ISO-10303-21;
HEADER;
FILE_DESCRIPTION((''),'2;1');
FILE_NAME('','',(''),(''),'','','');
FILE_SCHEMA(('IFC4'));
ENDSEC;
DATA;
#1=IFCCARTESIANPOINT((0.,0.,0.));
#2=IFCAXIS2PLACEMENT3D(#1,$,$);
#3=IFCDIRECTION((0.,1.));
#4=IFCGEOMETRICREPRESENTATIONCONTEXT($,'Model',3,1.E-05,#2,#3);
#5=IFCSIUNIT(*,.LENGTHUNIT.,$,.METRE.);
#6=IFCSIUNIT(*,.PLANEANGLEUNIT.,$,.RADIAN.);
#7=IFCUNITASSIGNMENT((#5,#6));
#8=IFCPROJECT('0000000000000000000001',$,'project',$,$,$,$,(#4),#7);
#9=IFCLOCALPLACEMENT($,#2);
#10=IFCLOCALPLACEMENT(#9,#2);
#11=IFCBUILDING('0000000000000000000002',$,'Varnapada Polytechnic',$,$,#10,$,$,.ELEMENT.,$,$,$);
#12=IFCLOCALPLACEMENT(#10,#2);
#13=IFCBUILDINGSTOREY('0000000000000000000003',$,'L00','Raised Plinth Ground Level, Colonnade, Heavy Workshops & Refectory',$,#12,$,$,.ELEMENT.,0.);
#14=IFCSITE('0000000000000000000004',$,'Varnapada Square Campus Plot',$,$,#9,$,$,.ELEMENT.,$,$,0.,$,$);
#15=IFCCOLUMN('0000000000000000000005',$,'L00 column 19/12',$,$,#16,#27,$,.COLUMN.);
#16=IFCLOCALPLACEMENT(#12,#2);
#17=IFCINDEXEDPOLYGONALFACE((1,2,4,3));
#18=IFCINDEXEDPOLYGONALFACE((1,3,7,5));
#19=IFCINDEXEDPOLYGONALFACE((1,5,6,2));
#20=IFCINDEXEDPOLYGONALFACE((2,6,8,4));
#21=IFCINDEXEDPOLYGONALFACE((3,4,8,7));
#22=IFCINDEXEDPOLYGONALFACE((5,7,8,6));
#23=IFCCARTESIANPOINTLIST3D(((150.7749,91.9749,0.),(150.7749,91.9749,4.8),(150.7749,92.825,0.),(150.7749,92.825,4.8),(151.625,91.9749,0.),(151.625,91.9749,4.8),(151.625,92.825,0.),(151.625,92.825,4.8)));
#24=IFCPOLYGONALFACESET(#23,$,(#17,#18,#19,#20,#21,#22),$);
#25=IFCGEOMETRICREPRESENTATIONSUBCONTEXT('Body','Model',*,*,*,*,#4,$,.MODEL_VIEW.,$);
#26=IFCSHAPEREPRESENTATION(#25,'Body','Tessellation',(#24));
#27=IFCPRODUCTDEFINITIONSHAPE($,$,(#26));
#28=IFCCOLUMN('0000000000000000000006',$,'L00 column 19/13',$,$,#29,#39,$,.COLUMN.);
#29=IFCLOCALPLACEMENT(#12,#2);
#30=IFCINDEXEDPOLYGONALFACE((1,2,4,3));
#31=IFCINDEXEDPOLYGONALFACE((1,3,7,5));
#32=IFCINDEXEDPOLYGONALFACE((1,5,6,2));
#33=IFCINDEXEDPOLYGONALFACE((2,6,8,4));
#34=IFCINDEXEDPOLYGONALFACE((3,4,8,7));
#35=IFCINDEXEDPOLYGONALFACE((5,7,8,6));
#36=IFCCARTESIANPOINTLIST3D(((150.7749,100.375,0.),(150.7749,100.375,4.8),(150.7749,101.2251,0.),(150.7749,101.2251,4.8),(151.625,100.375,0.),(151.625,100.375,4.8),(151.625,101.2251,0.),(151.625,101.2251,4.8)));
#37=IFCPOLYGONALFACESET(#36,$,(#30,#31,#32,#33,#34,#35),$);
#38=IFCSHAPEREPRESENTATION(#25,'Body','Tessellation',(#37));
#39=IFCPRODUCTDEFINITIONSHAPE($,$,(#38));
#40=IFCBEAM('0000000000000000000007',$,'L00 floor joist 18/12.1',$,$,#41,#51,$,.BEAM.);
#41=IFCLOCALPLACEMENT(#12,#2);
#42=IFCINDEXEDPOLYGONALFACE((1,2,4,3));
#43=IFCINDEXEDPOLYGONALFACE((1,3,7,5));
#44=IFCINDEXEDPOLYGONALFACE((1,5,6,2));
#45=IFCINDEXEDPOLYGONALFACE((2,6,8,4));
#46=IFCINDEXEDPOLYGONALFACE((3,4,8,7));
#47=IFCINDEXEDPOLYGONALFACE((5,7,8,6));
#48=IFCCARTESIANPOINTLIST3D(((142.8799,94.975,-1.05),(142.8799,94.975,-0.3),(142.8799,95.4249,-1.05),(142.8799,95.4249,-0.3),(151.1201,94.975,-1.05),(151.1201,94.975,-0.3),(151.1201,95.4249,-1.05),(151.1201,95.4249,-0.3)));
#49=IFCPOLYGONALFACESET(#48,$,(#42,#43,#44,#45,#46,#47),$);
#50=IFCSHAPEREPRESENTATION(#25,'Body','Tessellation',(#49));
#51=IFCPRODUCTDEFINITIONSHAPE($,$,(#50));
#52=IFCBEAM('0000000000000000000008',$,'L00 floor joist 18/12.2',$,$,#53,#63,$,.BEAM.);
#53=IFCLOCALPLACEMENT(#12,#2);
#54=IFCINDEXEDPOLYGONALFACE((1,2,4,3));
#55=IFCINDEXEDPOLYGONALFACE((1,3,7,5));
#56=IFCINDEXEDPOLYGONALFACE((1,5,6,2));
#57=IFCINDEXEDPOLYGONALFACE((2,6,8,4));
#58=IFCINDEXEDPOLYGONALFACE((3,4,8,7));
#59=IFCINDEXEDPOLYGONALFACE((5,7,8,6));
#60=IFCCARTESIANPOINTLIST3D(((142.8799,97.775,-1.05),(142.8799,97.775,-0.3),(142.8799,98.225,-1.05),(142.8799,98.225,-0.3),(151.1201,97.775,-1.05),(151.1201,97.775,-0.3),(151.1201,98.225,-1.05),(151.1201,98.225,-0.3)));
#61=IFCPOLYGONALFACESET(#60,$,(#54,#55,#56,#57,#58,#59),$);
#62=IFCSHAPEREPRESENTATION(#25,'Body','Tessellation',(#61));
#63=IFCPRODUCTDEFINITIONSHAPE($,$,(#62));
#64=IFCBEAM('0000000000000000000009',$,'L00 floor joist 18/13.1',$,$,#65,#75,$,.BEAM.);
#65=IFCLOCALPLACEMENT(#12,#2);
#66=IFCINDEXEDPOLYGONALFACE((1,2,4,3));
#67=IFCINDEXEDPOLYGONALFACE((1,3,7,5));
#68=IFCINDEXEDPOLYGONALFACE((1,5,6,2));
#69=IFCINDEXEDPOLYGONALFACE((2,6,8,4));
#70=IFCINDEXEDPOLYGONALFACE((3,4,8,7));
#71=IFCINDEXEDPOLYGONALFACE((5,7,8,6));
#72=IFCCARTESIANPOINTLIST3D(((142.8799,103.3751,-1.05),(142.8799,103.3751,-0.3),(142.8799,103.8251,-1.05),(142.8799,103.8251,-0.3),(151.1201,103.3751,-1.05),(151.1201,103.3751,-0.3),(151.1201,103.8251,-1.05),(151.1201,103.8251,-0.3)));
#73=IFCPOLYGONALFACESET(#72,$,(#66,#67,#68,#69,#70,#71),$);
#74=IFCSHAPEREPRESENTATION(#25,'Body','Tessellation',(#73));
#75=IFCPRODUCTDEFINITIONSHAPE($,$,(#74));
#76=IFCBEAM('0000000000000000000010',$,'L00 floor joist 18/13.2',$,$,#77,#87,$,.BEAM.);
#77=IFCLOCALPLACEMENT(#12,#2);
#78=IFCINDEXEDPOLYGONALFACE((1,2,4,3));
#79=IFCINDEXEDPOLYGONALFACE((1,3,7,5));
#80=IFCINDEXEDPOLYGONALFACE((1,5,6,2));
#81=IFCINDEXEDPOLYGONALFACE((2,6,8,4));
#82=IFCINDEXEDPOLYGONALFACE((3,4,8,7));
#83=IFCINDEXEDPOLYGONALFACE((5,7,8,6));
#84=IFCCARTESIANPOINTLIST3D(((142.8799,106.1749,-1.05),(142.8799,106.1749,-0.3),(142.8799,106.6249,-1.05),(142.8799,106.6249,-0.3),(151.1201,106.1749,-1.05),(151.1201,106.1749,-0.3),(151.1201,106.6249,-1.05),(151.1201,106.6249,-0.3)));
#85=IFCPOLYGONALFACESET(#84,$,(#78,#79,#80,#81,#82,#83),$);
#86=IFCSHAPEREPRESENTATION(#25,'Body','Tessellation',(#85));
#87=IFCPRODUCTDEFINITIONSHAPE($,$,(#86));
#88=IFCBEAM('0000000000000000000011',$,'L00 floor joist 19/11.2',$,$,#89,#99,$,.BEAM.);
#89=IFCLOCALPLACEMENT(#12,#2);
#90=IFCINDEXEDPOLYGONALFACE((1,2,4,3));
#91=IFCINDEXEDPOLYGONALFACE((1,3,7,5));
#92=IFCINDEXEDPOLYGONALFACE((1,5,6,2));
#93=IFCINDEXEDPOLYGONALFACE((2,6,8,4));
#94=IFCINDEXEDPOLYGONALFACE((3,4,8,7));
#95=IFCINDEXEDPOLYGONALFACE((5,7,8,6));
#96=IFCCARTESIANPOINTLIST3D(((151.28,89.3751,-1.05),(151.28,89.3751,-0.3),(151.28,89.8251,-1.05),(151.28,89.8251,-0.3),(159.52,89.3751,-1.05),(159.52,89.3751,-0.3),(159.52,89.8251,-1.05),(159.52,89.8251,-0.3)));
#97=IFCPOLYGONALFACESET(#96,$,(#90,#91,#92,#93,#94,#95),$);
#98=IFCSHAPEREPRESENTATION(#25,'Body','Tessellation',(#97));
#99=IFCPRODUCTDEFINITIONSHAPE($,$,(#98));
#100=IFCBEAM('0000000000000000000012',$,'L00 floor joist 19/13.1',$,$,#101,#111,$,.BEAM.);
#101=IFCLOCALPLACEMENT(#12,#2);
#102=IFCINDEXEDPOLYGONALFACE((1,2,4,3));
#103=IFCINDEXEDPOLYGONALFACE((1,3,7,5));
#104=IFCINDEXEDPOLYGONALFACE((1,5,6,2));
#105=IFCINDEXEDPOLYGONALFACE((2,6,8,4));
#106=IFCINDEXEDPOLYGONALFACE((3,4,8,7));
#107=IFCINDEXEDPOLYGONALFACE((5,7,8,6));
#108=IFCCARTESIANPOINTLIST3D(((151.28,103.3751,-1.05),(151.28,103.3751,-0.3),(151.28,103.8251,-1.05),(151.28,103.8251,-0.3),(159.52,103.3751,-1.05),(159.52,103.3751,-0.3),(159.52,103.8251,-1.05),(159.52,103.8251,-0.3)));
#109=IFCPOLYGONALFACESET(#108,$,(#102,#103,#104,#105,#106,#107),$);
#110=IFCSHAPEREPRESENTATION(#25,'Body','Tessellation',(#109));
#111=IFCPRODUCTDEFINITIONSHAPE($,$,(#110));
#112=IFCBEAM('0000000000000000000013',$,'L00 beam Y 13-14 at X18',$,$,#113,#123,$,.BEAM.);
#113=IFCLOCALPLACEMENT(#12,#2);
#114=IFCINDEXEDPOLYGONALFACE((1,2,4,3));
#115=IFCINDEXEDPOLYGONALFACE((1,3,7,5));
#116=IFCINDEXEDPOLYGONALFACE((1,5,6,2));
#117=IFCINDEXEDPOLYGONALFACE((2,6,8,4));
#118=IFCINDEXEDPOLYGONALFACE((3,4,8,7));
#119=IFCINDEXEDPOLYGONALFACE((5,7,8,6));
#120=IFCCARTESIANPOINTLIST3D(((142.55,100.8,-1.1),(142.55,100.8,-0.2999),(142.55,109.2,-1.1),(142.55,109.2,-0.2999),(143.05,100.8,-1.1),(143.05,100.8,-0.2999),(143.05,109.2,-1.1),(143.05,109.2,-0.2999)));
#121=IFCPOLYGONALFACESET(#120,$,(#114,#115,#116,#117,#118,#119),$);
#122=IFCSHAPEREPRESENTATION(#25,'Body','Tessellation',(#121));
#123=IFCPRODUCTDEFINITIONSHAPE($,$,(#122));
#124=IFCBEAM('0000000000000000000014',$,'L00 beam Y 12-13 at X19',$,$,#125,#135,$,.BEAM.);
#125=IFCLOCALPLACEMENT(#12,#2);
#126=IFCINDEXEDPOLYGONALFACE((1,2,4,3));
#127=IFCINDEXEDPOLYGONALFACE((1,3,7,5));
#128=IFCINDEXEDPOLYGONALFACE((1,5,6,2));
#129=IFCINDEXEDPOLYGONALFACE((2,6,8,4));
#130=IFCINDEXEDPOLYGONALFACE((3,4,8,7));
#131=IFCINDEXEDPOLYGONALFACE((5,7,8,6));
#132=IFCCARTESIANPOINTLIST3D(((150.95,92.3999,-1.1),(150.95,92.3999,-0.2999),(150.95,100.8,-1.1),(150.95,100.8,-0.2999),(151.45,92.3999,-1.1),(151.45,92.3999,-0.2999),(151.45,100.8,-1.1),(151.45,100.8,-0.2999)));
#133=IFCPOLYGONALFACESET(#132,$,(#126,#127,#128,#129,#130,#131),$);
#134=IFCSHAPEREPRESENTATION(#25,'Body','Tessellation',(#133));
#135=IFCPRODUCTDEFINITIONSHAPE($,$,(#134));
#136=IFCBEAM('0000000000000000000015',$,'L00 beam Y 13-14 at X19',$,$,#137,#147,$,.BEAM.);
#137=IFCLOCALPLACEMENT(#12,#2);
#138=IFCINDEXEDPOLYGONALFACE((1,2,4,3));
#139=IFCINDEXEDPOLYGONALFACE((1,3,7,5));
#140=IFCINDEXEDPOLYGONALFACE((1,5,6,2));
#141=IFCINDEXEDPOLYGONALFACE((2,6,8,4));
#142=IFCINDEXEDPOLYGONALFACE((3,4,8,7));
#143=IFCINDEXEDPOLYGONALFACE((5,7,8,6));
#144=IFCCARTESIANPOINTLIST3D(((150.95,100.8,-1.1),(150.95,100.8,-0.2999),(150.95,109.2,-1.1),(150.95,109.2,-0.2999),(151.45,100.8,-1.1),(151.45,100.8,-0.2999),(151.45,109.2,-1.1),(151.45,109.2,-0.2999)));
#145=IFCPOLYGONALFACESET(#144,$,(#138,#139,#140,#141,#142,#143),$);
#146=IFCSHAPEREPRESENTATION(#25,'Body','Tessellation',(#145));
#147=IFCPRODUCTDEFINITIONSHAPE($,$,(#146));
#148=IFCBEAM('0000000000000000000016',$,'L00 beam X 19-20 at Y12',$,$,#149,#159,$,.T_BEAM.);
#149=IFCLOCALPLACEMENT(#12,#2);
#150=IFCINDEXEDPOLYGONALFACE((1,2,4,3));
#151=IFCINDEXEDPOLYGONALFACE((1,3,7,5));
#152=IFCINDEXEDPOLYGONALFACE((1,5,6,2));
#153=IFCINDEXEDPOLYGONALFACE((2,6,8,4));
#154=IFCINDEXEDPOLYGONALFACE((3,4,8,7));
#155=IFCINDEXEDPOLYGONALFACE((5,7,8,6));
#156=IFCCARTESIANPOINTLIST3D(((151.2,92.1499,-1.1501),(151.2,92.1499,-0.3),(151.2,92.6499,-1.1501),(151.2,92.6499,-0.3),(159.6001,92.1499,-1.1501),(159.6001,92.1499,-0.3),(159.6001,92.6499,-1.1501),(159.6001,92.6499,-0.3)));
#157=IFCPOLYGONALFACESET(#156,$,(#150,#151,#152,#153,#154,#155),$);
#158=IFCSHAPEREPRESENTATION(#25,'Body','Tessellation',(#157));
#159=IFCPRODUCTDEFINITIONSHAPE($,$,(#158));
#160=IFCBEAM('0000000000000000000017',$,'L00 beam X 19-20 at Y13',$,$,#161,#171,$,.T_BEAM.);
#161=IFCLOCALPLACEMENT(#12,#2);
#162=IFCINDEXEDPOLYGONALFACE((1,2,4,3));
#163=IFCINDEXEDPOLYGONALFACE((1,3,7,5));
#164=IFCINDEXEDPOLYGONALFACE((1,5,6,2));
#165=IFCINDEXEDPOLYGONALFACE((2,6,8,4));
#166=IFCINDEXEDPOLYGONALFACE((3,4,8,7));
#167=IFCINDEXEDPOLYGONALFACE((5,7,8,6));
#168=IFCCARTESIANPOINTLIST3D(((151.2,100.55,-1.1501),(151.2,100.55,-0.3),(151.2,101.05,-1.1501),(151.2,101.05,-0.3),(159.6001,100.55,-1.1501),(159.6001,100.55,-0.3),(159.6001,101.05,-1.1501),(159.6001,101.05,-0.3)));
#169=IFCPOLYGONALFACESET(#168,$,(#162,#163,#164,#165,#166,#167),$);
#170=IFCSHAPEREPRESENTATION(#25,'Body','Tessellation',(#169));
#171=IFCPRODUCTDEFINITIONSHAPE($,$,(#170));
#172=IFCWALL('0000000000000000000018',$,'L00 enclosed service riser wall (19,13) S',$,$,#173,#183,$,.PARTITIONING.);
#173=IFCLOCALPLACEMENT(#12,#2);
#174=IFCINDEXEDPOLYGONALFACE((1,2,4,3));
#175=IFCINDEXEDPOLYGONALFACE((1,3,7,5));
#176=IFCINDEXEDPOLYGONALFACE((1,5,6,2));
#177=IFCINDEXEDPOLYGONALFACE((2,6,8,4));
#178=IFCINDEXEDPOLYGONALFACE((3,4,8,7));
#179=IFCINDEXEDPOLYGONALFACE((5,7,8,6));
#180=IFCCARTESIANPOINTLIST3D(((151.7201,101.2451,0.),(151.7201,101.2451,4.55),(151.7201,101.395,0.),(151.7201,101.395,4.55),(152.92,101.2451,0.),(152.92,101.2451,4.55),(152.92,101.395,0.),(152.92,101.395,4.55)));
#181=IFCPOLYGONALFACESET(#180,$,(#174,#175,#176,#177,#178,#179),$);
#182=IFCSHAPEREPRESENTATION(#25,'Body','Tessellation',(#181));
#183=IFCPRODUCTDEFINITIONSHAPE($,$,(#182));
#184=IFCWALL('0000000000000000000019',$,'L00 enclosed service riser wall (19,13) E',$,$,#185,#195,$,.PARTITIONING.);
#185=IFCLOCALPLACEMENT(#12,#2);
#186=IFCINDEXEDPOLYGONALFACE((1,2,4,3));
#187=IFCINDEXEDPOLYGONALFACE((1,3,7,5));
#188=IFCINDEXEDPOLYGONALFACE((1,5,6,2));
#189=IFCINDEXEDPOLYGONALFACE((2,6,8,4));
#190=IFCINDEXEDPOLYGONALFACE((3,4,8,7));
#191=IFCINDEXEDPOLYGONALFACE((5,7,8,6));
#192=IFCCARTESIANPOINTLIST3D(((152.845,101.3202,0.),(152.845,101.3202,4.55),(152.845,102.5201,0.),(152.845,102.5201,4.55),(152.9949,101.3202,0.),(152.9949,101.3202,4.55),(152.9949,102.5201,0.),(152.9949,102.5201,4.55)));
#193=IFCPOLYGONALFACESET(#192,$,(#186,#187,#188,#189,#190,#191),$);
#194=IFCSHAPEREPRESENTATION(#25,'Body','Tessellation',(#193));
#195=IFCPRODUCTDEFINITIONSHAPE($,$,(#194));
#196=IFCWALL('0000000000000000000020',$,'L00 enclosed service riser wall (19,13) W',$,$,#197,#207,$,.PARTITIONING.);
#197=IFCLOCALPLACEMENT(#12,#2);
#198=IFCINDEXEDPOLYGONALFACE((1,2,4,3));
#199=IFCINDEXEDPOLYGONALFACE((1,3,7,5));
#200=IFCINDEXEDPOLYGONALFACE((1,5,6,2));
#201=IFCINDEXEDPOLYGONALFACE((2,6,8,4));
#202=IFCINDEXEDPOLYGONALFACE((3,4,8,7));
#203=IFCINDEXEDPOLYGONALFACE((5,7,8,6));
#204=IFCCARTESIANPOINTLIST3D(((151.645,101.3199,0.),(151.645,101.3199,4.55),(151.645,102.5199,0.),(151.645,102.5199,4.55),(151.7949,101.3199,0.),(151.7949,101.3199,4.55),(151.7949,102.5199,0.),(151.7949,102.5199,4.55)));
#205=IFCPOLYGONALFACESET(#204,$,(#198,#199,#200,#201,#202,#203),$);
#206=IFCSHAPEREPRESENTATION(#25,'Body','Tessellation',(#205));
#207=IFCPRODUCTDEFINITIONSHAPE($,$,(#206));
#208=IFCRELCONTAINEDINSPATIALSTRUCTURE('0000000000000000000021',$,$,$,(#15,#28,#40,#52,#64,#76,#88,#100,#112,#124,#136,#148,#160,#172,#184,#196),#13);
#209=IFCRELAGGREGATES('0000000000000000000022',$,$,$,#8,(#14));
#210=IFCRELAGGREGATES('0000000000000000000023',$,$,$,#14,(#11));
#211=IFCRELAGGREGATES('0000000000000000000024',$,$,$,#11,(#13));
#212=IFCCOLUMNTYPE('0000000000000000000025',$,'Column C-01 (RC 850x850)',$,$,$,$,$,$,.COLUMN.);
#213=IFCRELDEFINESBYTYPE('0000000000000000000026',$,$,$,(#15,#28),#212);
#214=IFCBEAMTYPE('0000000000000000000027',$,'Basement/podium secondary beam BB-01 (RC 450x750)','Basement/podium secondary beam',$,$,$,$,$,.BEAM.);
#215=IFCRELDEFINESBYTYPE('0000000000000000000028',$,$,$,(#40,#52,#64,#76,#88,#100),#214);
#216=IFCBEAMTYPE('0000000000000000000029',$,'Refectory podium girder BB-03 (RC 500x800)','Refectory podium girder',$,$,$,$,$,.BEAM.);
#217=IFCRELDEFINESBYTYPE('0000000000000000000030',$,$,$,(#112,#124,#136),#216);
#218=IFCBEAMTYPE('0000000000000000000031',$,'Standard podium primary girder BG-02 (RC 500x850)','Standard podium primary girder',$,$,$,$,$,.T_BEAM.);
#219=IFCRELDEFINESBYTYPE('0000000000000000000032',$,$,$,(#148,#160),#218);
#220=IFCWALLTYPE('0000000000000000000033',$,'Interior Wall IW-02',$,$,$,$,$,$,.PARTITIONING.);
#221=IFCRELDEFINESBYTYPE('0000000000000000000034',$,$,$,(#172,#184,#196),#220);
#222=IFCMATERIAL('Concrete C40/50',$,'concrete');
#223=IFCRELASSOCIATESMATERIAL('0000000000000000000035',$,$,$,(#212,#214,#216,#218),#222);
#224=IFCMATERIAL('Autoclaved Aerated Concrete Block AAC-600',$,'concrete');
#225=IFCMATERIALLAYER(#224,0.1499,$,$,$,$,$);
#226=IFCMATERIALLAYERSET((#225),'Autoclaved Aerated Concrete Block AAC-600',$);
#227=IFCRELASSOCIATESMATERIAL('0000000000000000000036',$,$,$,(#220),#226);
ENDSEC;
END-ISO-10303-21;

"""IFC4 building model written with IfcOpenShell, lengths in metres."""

from ifc_helpers import new_model, si_unit, direction, frame, frame_2d, origin, origin_2d, place, context, subcontext, project, spatial, rectangle, extrude, material, layer, layer_set, material_profile, profile_set, type_object, element, save


model = new_model("IFC4")

# Units and contexts
model_context = context("Model", 3, precision=1e-05, world=origin(), true_north=direction((0.0, 1.0)))
body_context = subcontext(model_context, "Body", "Model", "MODEL_VIEW")
ifc_project = project(units=[si_unit("LENGTHUNIT", "METRE"), si_unit("PLANEANGLEUNIT", "RADIAN")], contexts=[model_context])

# Site, building, storey
site_placement = place(None, origin())
site = spatial("IfcSite", under=ifc_project, at=site_placement, Name="Varnapada Square Campus Plot", CompositionType="ELEMENT", RefElevation=0.0)
building_placement = place(site_placement, origin())
building = spatial("IfcBuilding", under=site, at=building_placement, Name="Varnapada Polytechnic", CompositionType="ELEMENT")
storey_placement = place(building_placement, origin())
storey = spatial("IfcBuildingStorey", under=building, at=storey_placement, Name="L00", Description="Raised Plinth Ground Level, Colonnade, Heavy Workshops & Refectory", CompositionType="ELEMENT", Elevation=0.0)

# Columns
ifc_material_1 = material(Name="Concrete C40/50", Category="concrete")
ifc_material_profile_1 = material_profile(ifc_material_1, rectangle(XDim=0.8501, YDim=0.8501, at=origin_2d()), Name="RC 850x850")
ifc_profile_set_1 = profile_set([ifc_material_profile_1], Name="Concrete C40/50")
column_type = type_object("IfcColumnType", Name="Column C-01 (RC 850x850)", PredefinedType="COLUMN", material=ifc_profile_set_1)
for number, where, z_axis, x_axis, name in (
    (1, (151.2, 92.3999, 0.0), (0.0, 0.0, 1.0), (1.0, 0.0, 0.0), "L00 column 19/12"),
    (2, (151.2, 100.8, 0.0), (0.0, 0.0, 1.0), (1.0, 0.0, 0.0), "L00 column 19/13"),
):
    element("IfcColumn", number, at=place(storey_placement, frame(where, z_axis=z_axis, x_axis=x_axis)), inside=storey, type_object=column_type, Name=name, PredefinedType="COLUMN", context=body_context, shape_type="SweptSolid", body=[
        extrude(rectangle(XDim=0.8501, YDim=0.8501, at=origin_2d()), origin(), (0.0, 0.0, 1.0), 4.8),
    ])

# Beams
ifc_material_profile_2 = material_profile(ifc_material_1, rectangle(XDim=0.45, YDim=0.75, at=origin_2d()), Name="RC 450x750")
ifc_profile_set_2 = profile_set([ifc_material_profile_2], Name="Concrete C40/50")
beam_type_1 = type_object("IfcBeamType", Name="Basement/podium secondary beam BB-01 (RC 450x750)", Description="Basement/podium secondary beam", PredefinedType="BEAM", material=ifc_profile_set_2)
for number, where, z_axis, x_axis, name in (
    (3, (142.8799, 95.2, -0.675), (1.0, 0.0, 0.0), (0.0, 1.0, 0.0), "L00 floor joist 18/12.1"),
    (4, (142.8799, 98.0, -0.675), (1.0, 0.0, 0.0), (0.0, 1.0, 0.0), "L00 floor joist 18/12.2"),
    (5, (142.8799, 103.6001, -0.675), (1.0, 0.0, 0.0), (0.0, 1.0, 0.0), "L00 floor joist 18/13.1"),
    (6, (142.8799, 106.3999, -0.675), (1.0, 0.0, 0.0), (0.0, 1.0, 0.0), "L00 floor joist 18/13.2"),
):
    element("IfcBeam", number, at=place(storey_placement, frame(where, z_axis=z_axis, x_axis=x_axis)), inside=storey, type_object=beam_type_1, Name=name, PredefinedType="BEAM", context=body_context, shape_type="SweptSolid", body=[
        extrude(rectangle(XDim=0.45, YDim=0.75, at=origin_2d()), origin(), (0.0, 0.0, 1.0), 8.2402),
    ])
for number, where, z_axis, x_axis, name in (
    (7, (151.28, 89.6001, -0.675), (1.0, 0.0, 0.0), (0.0, 1.0, 0.0), "L00 floor joist 19/11.2"),
    (8, (151.28, 103.6001, -0.675), (1.0, 0.0, 0.0), (0.0, 1.0, 0.0), "L00 floor joist 19/13.1"),
):
    element("IfcBeam", number, at=place(storey_placement, frame(where, z_axis=z_axis, x_axis=x_axis)), inside=storey, type_object=beam_type_1, Name=name, PredefinedType="BEAM", context=body_context, shape_type="SweptSolid", body=[
        extrude(rectangle(XDim=0.45, YDim=0.75, at=origin_2d()), origin(), (0.0, 0.0, 1.0), 8.24),
    ])
ifc_material_profile_3 = material_profile(ifc_material_1, rectangle(XDim=0.5, YDim=0.8, at=origin_2d()), Name="RC 500x800")
ifc_profile_set_3 = profile_set([ifc_material_profile_3], Name="Concrete C40/50")
beam_type_2 = type_object("IfcBeamType", Name="Refectory podium girder BB-03 (RC 500x800)", Description="Refectory podium girder", PredefinedType="BEAM", material=ifc_profile_set_3)
beam_1_placement = place(storey_placement, frame((142.8, 100.8, -0.7), z_axis=(0.0, 1.0, 0.0), x_axis=(-1.0, 0.0, 0.0)))
element("IfcBeam", 9, at=beam_1_placement, inside=storey, type_object=beam_type_2, Name="L00 beam Y 13-14 at X18", PredefinedType="BEAM", context=body_context, shape_type="SweptSolid", body=[
    extrude(rectangle(XDim=0.5, YDim=0.8, at=origin_2d()), origin(), (0.0, 0.0, 1.0), 8.3999),
])
beam_2_placement = place(storey_placement, frame((151.2, 92.3999, -0.7), z_axis=(0.0, 1.0, 0.0), x_axis=(-1.0, 0.0, 0.0)))
element("IfcBeam", 10, at=beam_2_placement, inside=storey, type_object=beam_type_2, Name="L00 beam Y 12-13 at X19", PredefinedType="BEAM", context=body_context, shape_type="SweptSolid", body=[
    extrude(rectangle(XDim=0.5, YDim=0.8, at=origin_2d()), origin(), (0.0, 0.0, 1.0), 8.4001),
])
beam_3_placement = place(storey_placement, frame((151.2, 100.8, -0.7), z_axis=(0.0, 1.0, 0.0), x_axis=(-1.0, 0.0, 0.0)))
element("IfcBeam", 11, at=beam_3_placement, inside=storey, type_object=beam_type_2, Name="L00 beam Y 13-14 at X19", PredefinedType="BEAM", context=body_context, shape_type="SweptSolid", body=[
    extrude(rectangle(XDim=0.5, YDim=0.8, at=origin_2d()), origin(), (0.0, 0.0, 1.0), 8.3999),
])
ifc_material_profile_4 = material_profile(ifc_material_1, rectangle(XDim=0.5, YDim=0.8501, at=origin_2d()), Name="RC 500x850")
ifc_profile_set_4 = profile_set([ifc_material_profile_4], Name="Concrete C40/50")
beam_type_3 = type_object("IfcBeamType", Name="Standard podium primary girder BG-02 (RC 500x850)", Description="Standard podium primary girder", PredefinedType="T_BEAM", material=ifc_profile_set_4)
for number, where, z_axis, x_axis, name in (
    (12, (151.2, 92.3999, -0.7251), (1.0, 0.0, 0.0), (0.0, 1.0, 0.0), "L00 beam X 19-20 at Y12"),
    (13, (151.2, 100.8, -0.7251), (1.0, 0.0, 0.0), (0.0, 1.0, 0.0), "L00 beam X 19-20 at Y13"),
):
    element("IfcBeam", number, at=place(storey_placement, frame(where, z_axis=z_axis, x_axis=x_axis)), inside=storey, type_object=beam_type_3, Name=name, PredefinedType="T_BEAM", context=body_context, shape_type="SweptSolid", body=[
        extrude(rectangle(XDim=0.5, YDim=0.8501, at=origin_2d()), origin(), (0.0, 0.0, 1.0), 8.4001),
    ])

# Walls
ifc_material_2 = material(Name="Autoclaved Aerated Concrete Block AAC-600", Category="concrete")
ifc_layer_1 = layer(ifc_material_2, 0.1499)
ifc_layer_set_1 = layer_set([ifc_layer_1], Name="Autoclaved Aerated Concrete Block AAC-600")
wall_type_1 = type_object("IfcWallType", Name="Interior Wall IW-02", PredefinedType="PARTITIONING", material=ifc_layer_set_1)
for number, where, z_axis, x_axis, name in (
    (14, (151.72, 101.3201, 0.0), (0.0, 0.0, 1.0), (1.0, 0.0, 0.0), "L00 enclosed service riser wall (19,13) S"),
    (15, (152.9199, 101.3201, 0.0), (0.0, 0.0, 1.0), (0.0, 1.0, 0.0), "L00 enclosed service riser wall (19,13) E"),
    (16, (151.72, 102.52, 0.0), (0.0, 0.0, 1.0), (0.0, -1.0, 0.0), "L00 enclosed service riser wall (19,13) W"),
):
    element("IfcWall", number, at=place(storey_placement, frame(where, z_axis=z_axis, x_axis=x_axis)), inside=storey, type_object=wall_type_1, Name=name, PredefinedType="PARTITIONING", context=body_context, shape_type="SweptSolid", body=[
        extrude(rectangle(XDim=1.2, YDim=0.1499, at=frame_2d((0.6001, 0.0))), origin(), (0.0, 0.0, 1.0), 4.55),
    ])

save(model, "model.ifc")
